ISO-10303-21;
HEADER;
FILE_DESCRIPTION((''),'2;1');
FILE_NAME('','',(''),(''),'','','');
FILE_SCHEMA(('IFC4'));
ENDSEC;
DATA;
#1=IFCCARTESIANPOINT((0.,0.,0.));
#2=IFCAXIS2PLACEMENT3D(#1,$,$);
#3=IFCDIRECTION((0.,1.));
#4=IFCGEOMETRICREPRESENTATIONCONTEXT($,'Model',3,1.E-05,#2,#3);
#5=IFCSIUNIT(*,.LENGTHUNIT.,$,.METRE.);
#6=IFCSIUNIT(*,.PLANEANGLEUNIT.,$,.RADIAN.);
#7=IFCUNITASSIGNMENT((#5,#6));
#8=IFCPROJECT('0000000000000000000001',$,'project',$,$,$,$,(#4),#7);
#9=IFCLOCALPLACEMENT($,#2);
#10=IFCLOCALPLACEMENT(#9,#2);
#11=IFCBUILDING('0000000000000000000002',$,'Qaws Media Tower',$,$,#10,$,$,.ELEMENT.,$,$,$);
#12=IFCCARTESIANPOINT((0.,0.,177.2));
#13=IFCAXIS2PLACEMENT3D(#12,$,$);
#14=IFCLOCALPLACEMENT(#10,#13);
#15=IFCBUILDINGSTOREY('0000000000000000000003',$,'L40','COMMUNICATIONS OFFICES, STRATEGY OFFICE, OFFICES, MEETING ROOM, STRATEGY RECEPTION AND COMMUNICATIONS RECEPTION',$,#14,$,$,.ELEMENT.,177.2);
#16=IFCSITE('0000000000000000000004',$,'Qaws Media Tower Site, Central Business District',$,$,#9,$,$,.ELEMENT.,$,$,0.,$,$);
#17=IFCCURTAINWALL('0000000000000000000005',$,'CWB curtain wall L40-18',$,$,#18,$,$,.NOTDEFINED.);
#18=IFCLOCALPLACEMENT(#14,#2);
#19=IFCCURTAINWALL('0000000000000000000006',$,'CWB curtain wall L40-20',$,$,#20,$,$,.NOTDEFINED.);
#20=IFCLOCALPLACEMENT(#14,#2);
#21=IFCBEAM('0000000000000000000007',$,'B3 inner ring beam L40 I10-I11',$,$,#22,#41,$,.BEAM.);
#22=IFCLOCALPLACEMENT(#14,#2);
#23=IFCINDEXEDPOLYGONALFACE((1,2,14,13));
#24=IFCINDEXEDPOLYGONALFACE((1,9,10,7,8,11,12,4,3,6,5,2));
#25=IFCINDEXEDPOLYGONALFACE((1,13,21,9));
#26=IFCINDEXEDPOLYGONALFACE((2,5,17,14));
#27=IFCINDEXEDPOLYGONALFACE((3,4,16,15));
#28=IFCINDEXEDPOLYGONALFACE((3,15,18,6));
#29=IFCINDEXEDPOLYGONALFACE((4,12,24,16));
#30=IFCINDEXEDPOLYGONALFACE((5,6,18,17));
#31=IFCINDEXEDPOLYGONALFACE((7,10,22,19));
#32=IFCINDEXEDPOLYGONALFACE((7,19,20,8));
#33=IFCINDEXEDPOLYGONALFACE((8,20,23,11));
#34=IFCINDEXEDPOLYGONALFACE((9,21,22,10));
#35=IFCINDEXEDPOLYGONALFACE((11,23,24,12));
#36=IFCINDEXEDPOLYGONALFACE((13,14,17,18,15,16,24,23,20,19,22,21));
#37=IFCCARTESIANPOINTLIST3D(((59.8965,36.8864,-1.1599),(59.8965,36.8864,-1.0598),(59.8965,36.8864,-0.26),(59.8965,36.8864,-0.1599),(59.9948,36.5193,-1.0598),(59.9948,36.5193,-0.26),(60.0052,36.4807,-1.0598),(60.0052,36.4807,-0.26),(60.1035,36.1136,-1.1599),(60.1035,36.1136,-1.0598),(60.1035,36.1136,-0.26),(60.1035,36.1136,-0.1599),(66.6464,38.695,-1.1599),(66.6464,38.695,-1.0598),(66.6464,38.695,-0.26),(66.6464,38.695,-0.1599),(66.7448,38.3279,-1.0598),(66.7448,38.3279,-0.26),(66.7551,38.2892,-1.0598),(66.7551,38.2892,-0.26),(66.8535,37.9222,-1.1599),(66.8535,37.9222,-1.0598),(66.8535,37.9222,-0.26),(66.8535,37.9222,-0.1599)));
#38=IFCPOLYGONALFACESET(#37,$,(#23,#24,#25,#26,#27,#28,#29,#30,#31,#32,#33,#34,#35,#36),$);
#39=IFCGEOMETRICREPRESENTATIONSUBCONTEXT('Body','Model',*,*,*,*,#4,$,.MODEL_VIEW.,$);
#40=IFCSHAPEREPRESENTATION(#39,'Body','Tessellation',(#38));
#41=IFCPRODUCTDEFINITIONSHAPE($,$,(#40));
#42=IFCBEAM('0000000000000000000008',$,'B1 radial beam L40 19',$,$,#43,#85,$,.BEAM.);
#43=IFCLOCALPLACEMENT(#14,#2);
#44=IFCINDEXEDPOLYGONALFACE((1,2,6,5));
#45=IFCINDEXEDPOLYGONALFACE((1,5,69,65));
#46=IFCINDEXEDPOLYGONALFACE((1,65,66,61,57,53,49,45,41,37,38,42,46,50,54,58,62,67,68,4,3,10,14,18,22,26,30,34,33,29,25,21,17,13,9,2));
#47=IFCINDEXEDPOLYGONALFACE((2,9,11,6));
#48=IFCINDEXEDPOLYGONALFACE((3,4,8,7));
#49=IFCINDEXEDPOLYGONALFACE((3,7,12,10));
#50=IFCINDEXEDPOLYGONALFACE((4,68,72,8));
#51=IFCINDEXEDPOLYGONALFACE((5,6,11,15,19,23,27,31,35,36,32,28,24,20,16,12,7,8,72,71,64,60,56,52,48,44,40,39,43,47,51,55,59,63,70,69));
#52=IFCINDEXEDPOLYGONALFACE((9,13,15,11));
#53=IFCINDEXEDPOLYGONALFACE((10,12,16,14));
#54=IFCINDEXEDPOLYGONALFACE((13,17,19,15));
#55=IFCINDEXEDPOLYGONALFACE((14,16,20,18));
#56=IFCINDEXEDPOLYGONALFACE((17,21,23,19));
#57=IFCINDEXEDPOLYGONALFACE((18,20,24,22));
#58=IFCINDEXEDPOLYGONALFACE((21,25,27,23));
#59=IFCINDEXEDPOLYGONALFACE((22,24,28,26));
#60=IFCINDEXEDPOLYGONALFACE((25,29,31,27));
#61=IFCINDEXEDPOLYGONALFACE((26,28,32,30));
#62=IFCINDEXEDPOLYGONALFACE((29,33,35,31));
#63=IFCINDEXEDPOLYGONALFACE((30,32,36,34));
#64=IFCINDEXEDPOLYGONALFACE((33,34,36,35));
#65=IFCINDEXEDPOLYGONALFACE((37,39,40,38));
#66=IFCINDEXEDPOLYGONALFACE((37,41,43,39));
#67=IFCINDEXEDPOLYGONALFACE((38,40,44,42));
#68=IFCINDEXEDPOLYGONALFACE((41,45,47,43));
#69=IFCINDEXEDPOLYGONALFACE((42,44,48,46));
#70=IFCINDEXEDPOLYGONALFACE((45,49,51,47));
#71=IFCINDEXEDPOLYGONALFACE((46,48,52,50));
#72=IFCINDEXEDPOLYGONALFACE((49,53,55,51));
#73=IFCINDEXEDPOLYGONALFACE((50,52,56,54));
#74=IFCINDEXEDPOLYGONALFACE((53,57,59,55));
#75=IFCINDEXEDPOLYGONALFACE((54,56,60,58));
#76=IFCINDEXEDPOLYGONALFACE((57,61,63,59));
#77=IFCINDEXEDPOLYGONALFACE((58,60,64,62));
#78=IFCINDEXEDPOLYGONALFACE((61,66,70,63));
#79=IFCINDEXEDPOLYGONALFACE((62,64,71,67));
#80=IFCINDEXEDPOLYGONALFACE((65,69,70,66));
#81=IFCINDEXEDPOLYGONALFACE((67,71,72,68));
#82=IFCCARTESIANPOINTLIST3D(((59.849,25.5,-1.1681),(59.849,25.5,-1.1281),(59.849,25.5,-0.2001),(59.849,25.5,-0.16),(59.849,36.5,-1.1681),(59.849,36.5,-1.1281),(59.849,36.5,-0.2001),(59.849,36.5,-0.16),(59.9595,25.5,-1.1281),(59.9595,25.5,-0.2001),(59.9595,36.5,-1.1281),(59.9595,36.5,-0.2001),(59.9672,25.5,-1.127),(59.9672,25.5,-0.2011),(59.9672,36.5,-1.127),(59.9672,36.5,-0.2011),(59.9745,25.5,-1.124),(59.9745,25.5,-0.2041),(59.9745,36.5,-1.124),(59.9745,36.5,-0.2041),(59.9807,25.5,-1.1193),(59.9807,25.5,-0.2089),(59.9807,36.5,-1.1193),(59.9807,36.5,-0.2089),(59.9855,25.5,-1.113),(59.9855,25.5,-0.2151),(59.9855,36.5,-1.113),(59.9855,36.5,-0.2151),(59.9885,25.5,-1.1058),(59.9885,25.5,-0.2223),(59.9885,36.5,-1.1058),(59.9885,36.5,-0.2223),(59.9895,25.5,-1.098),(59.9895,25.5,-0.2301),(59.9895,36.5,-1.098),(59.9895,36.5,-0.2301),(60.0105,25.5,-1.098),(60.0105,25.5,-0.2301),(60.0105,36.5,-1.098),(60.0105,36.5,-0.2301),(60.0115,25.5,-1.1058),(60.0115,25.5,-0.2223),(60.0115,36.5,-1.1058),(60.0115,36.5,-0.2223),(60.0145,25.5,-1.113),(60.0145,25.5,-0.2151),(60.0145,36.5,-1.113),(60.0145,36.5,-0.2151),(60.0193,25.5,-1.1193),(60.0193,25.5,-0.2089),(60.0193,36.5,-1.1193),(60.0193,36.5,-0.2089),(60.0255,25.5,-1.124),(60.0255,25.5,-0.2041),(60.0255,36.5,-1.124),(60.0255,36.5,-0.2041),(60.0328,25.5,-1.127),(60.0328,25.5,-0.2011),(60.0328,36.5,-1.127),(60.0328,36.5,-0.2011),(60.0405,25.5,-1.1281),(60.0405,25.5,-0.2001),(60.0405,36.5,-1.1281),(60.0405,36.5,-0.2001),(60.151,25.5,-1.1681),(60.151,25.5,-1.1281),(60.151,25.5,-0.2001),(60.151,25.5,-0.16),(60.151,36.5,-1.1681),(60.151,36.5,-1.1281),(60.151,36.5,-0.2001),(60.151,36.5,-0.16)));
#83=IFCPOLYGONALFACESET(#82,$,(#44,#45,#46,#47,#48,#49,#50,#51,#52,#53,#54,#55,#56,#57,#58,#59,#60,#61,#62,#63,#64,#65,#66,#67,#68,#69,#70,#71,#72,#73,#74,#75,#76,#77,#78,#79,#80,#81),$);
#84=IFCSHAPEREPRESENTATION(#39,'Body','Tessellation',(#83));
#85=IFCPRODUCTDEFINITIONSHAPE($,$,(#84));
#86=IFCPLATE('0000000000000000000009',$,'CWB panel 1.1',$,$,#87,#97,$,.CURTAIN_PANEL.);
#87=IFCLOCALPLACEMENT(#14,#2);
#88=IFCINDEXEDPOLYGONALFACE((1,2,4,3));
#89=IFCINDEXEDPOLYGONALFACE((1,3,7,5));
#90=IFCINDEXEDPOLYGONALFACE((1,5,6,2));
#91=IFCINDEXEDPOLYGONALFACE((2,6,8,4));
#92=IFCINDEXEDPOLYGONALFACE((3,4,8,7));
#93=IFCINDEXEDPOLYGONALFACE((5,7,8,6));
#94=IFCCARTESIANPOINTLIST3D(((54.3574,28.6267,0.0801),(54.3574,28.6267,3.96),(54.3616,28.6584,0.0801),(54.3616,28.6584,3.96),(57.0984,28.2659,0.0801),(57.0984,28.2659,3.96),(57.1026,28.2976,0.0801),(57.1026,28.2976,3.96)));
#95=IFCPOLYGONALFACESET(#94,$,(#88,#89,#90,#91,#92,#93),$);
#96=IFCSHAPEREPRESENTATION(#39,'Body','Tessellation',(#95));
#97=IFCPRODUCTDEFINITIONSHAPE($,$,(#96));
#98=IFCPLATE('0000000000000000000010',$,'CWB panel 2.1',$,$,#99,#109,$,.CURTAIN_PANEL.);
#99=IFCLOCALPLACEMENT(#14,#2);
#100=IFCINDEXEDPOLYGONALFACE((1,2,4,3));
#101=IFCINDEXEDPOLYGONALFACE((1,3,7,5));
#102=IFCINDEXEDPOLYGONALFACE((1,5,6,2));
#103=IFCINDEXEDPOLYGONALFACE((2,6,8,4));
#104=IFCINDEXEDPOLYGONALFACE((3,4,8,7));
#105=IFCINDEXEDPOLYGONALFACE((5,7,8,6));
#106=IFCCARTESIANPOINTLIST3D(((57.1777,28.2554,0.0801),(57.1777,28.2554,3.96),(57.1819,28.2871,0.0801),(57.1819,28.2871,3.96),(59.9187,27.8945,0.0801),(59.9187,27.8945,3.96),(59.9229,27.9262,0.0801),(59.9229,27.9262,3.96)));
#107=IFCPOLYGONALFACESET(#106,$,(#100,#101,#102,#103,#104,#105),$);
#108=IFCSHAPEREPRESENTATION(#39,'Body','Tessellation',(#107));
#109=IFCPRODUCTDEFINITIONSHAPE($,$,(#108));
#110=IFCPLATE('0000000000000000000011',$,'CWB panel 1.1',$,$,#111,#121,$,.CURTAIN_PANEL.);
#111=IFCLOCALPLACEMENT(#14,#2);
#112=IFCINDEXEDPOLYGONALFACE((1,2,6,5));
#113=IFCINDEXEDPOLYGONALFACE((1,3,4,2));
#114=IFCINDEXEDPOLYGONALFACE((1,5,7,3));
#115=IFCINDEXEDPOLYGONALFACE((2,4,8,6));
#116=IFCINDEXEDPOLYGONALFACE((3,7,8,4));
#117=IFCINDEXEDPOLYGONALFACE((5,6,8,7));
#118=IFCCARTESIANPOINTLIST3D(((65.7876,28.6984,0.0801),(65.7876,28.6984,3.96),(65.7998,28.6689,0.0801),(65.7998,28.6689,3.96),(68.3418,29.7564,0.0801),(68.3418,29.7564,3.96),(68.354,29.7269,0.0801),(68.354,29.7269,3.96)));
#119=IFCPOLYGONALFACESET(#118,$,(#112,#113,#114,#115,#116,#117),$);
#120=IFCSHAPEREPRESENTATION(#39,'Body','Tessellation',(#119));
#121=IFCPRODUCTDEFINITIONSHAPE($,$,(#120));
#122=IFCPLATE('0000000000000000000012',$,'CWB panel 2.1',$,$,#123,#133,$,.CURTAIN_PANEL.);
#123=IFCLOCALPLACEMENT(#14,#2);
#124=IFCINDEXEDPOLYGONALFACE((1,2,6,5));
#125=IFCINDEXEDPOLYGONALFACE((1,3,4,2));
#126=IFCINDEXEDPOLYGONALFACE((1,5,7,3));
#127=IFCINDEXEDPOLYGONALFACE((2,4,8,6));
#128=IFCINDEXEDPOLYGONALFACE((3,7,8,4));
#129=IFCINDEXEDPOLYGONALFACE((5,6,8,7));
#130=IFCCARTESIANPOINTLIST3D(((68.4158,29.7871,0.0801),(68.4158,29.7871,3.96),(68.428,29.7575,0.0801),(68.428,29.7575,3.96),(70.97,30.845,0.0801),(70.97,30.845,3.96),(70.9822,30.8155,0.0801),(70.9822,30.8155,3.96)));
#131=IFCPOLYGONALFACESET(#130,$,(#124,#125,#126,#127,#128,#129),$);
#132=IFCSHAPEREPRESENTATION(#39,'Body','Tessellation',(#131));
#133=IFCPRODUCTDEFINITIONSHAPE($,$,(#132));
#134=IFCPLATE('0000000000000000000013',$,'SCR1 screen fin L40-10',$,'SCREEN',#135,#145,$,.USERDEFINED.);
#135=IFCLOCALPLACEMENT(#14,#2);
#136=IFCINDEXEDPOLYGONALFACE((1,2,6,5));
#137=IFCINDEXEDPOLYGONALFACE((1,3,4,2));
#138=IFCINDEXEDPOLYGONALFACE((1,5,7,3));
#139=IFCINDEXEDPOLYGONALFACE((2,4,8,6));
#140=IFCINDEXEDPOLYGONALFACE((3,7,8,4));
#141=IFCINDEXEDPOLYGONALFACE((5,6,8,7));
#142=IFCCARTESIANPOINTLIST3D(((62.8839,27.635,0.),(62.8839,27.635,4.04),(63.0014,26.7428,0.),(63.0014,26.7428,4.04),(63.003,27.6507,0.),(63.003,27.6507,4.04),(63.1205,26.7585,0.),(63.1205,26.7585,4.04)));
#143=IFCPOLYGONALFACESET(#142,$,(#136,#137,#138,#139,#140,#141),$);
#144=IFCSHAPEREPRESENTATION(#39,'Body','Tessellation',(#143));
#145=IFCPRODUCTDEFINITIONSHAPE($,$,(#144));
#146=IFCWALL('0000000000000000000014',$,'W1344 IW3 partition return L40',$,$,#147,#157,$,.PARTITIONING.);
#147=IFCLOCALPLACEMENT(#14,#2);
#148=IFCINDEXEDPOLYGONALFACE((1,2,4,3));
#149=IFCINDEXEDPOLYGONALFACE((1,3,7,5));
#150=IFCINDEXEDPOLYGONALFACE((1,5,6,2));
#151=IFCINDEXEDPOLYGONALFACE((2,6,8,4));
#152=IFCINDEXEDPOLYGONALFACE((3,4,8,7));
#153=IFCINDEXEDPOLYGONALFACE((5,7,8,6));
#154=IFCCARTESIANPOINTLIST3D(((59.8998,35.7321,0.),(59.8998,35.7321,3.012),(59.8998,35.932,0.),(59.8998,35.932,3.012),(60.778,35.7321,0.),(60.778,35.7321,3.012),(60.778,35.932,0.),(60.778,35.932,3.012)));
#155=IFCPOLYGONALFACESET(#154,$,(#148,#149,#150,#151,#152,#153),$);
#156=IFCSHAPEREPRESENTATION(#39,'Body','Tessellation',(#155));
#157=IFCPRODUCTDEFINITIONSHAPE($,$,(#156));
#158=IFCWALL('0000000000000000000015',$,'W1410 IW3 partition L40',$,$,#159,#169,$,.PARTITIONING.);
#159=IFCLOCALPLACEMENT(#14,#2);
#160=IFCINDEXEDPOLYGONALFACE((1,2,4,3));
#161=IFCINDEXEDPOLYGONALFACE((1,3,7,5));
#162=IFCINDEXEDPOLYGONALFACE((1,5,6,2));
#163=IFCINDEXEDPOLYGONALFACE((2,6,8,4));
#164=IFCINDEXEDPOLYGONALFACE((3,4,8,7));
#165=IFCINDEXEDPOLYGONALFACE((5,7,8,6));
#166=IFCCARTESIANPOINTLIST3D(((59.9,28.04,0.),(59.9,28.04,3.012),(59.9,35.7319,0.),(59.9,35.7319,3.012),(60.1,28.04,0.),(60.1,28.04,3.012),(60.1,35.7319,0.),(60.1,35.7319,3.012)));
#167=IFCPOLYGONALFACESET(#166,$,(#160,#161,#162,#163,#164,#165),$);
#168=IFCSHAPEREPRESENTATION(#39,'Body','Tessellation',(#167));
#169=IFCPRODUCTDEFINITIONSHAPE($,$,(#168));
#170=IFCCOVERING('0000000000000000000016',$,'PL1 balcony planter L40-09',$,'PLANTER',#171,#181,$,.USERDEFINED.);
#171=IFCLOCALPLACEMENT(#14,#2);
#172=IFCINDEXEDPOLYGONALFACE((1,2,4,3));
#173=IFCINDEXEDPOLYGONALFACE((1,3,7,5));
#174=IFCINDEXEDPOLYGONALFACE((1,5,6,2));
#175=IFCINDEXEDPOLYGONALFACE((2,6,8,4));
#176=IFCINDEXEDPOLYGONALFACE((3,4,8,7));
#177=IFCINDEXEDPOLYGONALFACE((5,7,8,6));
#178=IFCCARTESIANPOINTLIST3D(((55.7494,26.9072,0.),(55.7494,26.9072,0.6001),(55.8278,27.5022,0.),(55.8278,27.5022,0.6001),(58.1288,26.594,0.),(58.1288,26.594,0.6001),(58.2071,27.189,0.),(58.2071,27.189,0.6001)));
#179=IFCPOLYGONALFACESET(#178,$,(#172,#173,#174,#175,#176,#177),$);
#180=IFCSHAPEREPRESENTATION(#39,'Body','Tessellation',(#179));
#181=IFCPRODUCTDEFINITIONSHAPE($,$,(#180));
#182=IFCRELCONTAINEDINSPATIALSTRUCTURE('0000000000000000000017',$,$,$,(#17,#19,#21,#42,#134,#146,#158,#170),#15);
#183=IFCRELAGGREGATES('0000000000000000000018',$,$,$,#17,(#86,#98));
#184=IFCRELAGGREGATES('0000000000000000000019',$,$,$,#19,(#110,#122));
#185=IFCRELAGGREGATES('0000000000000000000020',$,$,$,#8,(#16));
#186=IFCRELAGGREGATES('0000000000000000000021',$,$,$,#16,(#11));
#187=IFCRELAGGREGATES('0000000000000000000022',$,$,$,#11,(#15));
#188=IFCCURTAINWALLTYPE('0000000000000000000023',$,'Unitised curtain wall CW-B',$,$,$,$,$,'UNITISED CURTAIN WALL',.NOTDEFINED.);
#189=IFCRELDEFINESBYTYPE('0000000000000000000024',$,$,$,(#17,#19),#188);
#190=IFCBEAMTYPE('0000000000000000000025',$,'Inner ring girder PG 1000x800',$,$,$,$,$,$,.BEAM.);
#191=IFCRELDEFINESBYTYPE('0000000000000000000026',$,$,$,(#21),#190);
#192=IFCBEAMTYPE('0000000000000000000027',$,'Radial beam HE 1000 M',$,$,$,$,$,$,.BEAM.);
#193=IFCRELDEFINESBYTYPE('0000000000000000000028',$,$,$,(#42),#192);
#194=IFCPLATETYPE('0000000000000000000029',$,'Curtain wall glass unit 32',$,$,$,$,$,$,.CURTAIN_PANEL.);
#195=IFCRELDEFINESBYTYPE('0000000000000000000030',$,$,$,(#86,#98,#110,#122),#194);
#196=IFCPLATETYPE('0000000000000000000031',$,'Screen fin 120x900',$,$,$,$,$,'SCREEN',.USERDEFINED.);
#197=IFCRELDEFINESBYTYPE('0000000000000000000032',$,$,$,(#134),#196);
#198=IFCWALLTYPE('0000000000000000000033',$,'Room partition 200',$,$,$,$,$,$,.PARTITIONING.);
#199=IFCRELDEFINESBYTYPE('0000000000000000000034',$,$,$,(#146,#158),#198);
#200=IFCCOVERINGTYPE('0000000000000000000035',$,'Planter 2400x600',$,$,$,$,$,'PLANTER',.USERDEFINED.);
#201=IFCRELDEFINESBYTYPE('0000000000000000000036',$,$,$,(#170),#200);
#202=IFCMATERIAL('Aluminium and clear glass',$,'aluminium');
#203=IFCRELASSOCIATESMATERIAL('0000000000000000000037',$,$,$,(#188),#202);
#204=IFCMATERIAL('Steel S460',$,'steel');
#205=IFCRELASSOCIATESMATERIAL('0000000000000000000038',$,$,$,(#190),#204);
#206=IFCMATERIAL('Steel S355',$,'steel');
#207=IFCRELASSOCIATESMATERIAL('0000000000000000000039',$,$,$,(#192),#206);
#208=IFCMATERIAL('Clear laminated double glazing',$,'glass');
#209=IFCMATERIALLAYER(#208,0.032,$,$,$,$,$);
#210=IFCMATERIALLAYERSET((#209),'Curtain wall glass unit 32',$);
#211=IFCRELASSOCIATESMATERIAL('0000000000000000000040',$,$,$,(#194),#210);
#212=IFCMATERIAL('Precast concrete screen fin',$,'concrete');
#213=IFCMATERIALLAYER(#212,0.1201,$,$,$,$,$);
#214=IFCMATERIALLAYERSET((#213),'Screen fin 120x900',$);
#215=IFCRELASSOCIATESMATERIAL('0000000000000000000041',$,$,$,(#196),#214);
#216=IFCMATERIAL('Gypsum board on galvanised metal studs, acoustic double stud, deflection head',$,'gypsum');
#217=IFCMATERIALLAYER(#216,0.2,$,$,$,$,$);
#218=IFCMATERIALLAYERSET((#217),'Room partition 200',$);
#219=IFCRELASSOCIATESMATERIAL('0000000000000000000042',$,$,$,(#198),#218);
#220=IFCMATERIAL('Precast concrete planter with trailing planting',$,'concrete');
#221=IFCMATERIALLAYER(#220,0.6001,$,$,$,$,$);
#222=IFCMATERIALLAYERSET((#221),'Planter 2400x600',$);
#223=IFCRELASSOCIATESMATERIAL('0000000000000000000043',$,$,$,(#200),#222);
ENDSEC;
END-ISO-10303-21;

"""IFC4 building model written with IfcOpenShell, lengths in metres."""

from ifc_helpers import new_model, si_unit, direction, frame, frame_2d, origin, origin_2d, place, context, subcontext, project, spatial, rectangle, i_section, extrude, material, layer, layer_set, material_profile, profile_set, type_object, element, aggregate, save


model = new_model("IFC4")

# Units and contexts
model_context = context("Model", 3, precision=1e-05, world=origin(), true_north=direction((0.0, 1.0)))
body_context = subcontext(model_context, "Body", "Model", "MODEL_VIEW")
ifc_project = project(units=[si_unit("LENGTHUNIT", "METRE"), si_unit("PLANEANGLEUNIT", "RADIAN")], contexts=[model_context])

# Site, building, storey
site_placement = place(None, origin())
site = spatial("IfcSite", under=ifc_project, at=site_placement, Name="Qaws Media Tower Site, Central Business District", CompositionType="ELEMENT", RefElevation=0.0)
building_placement = place(site_placement, origin())
building = spatial("IfcBuilding", under=site, at=building_placement, Name="Qaws Media Tower", CompositionType="ELEMENT")
storey_placement = place(building_placement, frame((0.0, 0.0, 177.2)))
storey = spatial("IfcBuildingStorey", under=building, at=storey_placement, Name="L40", Description="COMMUNICATIONS OFFICES, STRATEGY OFFICE, OFFICES, MEETING ROOM, STRATEGY RECEPTION AND COMMUNICATIONS RECEPTION", CompositionType="ELEMENT", Elevation=177.2)

# Curtain walls
ifc_material_1 = material(Name="Aluminium and clear glass", Category="aluminium")
curtain_wall_type = type_object("IfcCurtainWallType", Name="Unitised curtain wall CW-B", ElementType="UNITISED CURTAIN WALL", PredefinedType="NOTDEFINED", material=ifc_material_1)
curtain_wall_1_placement = place(storey_placement, origin())
curtain_wall_1 = element("IfcCurtainWall", 1, at=curtain_wall_1_placement, inside=storey, type_object=curtain_wall_type, Name="CWB curtain wall L40-18", PredefinedType="NOTDEFINED")
curtain_wall_2_placement = place(storey_placement, origin())
curtain_wall_2 = element("IfcCurtainWall", 2, at=curtain_wall_2_placement, inside=storey, type_object=curtain_wall_type, Name="CWB curtain wall L40-20", PredefinedType="NOTDEFINED")

# Beams
ifc_material_2 = material(Name="Steel S460", Category="steel")
ifc_material_profile_1 = material_profile(ifc_material_2, i_section(OverallWidth=0.8, OverallDepth=1.0, WebThickness=0.04, FlangeThickness=0.1001, at=origin_2d()), Name="PG 1000x800")
ifc_profile_set_1 = profile_set([ifc_material_profile_1], Name="Steel S460")
beam_type_1 = type_object("IfcBeamType", Name="Inner ring girder PG 1000x800", PredefinedType="BEAM", material=ifc_profile_set_1)
beam_1_placement = place(storey_placement, frame((60.0, 36.5, -0.6599), z_axis=(0.965928, 0.258811, 0.0), x_axis=(-0.258811, 0.965928, 0.0)))
element("IfcBeam", 3, at=beam_1_placement, inside=storey, type_object=beam_type_1, Name="B3 inner ring beam L40 I10-I11", PredefinedType="BEAM", context=body_context, shape_type="SweptSolid", body=[
    extrude(i_section(OverallWidth=0.8, OverallDepth=1.0, WebThickness=0.04, FlangeThickness=0.1001, at=origin_2d()), origin(), (0.0, 0.0, 1.0), 6.988),
])
ifc_material_3 = material(Name="Steel S355", Category="steel")
ifc_material_profile_2 = material_profile(ifc_material_3, i_section(OverallWidth=0.302, OverallDepth=1.0081, WebThickness=0.021, FlangeThickness=0.04, FilletRadius=0.03, at=origin_2d()), Name="HE 1000 M")
ifc_profile_set_2 = profile_set([ifc_material_profile_2], Name="Steel S355")
beam_type_2 = type_object("IfcBeamType", Name="Radial beam HE 1000 M", PredefinedType="BEAM", material=ifc_profile_set_2)
beam_2_placement = place(storey_placement, frame((60.0, 36.5, -0.6641), z_axis=(0.0, -1.0, 0.0), x_axis=(1.0, 0.0, 0.0)))
element("IfcBeam", 4, at=beam_2_placement, inside=storey, type_object=beam_type_2, Name="B1 radial beam L40 19", PredefinedType="BEAM", context=body_context, shape_type="SweptSolid", body=[
    extrude(i_section(OverallWidth=0.302, OverallDepth=1.0081, WebThickness=0.021, FlangeThickness=0.04, FilletRadius=0.03, at=origin_2d()), origin(), (0.0, 0.0, 1.0), 11.0),
])

# Plates
ifc_material_4 = material(Name="Clear laminated double glazing", Category="glass")
ifc_layer_1 = layer(ifc_material_4, 0.032)
ifc_layer_set_1 = layer_set([ifc_layer_1], Name="Curtain wall glass unit 32")
plate_type_1 = type_object("IfcPlateType", Name="Curtain wall glass unit 32", PredefinedType="CURTAIN_PANEL", material=ifc_layer_set_1)
plate_1_placement = place(storey_placement, frame((55.73, 28.4622, 0.0801), z_axis=(0.0, 0.0, 1.0), x_axis=(0.991445, -0.130526, 0.0)))
plate_1 = element("IfcPlate", 5, at=plate_1_placement, type_object=plate_type_1, Name="CWB panel 1.1", PredefinedType="CURTAIN_PANEL", context=body_context, shape_type="SweptSolid", body=[
    extrude(rectangle(XDim=2.7646, YDim=0.032, at=origin_2d()), origin(), (0.0, 0.0, 1.0), 3.8799),
])
plate_2_placement = place(storey_placement, frame((58.5503, 28.0908, 0.0801), z_axis=(0.0, 0.0, 1.0), x_axis=(0.991445, -0.130526, 0.0)))
plate_2 = element("IfcPlate", 6, at=plate_2_placement, type_object=plate_type_1, Name="CWB panel 2.1", PredefinedType="CURTAIN_PANEL", context=body_context, shape_type="SweptSolid", body=[
    extrude(rectangle(XDim=2.7646, YDim=0.032, at=origin_2d()), origin(), (0.0, 0.0, 1.0), 3.8799),
])
aggregate(curtain_wall_1, [plate_1, plate_2])
plate_3_placement = place(storey_placement, frame((67.0708, 29.2126, 0.0801), z_axis=(0.0, 0.0, 1.0), x_axis=(0.923879, 0.382684, 0.0)))
plate_3 = element("IfcPlate", 7, at=plate_3_placement, type_object=plate_type_1, Name="CWB panel 1.1", PredefinedType="CURTAIN_PANEL", context=body_context, shape_type="SweptSolid", body=[
    extrude(rectangle(XDim=2.7646, YDim=0.032, at=origin_2d()), origin(), (0.0, 0.0, 1.0), 3.8799),
])
plate_4_placement = place(storey_placement, frame((69.699, 30.3013, 0.0801), z_axis=(0.0, 0.0, 1.0), x_axis=(0.923879, 0.382684, 0.0)))
plate_4 = element("IfcPlate", 8, at=plate_4_placement, type_object=plate_type_1, Name="CWB panel 2.1", PredefinedType="CURTAIN_PANEL", context=body_context, shape_type="SweptSolid", body=[
    extrude(rectangle(XDim=2.7646, YDim=0.032, at=origin_2d()), origin(), (0.0, 0.0, 1.0), 3.8799),
])
aggregate(curtain_wall_2, [plate_3, plate_4])
ifc_material_5 = material(Name="Precast concrete screen fin", Category="concrete")
ifc_layer_2 = layer(ifc_material_5, 0.1201)
ifc_layer_set_2 = layer_set([ifc_layer_2], Name="Screen fin 120x900")
plate_type_2 = type_object("IfcPlateType", Name="Screen fin 120x900", ElementType="SCREEN", PredefinedType="USERDEFINED", material=ifc_layer_set_2)
plate_5_placement = place(storey_placement, frame((63.0022, 27.1968, 0.0), z_axis=(0.0, 0.0, 1.0), x_axis=(0.130526, -0.991445, 0.0)))
element("IfcPlate", 9, at=plate_5_placement, inside=storey, type_object=plate_type_2, Name="SCR1 screen fin L40-10", ObjectType="SCREEN", PredefinedType="USERDEFINED", context=body_context, shape_type="SweptSolid", body=[
    extrude(rectangle(XDim=0.8999, YDim=0.1201, at=origin_2d()), origin(), (0.0, 0.0, 1.0), 4.04),
])

# Walls
ifc_material_6 = material(Name="Gypsum board on galvanised metal studs, acoustic double stud, deflection head", Category="gypsum")
ifc_layer_3 = layer(ifc_material_6, 0.2)
ifc_layer_set_3 = layer_set([ifc_layer_3], Name="Room partition 200")
wall_type_1 = type_object("IfcWallType", Name="Room partition 200", PredefinedType="PARTITIONING", material=ifc_layer_set_3)
wall_1_placement = place(storey_placement, frame((59.8999, 35.832, 0.0), z_axis=(0.0, 0.0, 1.0), x_axis=(1.0, 0.0, 0.0)))
element("IfcWall", 10, at=wall_1_placement, inside=storey, type_object=wall_type_1, Name="W1344 IW3 partition return L40", PredefinedType="PARTITIONING", context=body_context, shape_type="SweptSolid", body=[
    extrude(rectangle(XDim=0.8782, YDim=0.2, at=frame_2d((0.439, 0.0))), origin(), (0.0, 0.0, 1.0), 3.012),
])
wall_2_placement = place(storey_placement, frame((60.0, 35.7319, 0.0), z_axis=(0.0, 0.0, 1.0), x_axis=(0.0, -1.0, 0.0)))
element("IfcWall", 11, at=wall_2_placement, inside=storey, type_object=wall_type_1, Name="W1410 IW3 partition L40", PredefinedType="PARTITIONING", context=body_context, shape_type="SweptSolid", body=[
    extrude(rectangle(XDim=7.6919, YDim=0.2, at=frame_2d((3.8459, 0.0))), origin(), (0.0, 0.0, 1.0), 3.012),
])

# Covering
ifc_material_7 = material(Name="Precast concrete planter with trailing planting", Category="concrete")
ifc_layer_4 = layer(ifc_material_7, 0.6001)
ifc_layer_set_4 = layer_set([ifc_layer_4], Name="Planter 2400x600")
covering_type = type_object("IfcCoveringType", Name="Planter 2400x600", ElementType="PLANTER", PredefinedType="USERDEFINED", material=ifc_layer_set_4)
for number, where, z_axis, x_axis, name in (
    (12, (56.9783, 27.0481, 0.0), (0.0, 0.0, 1.0), (0.991445, -0.130526, 0.0), "PL1 balcony planter L40-09"),
):
    element("IfcCovering", number, at=place(storey_placement, frame(where, z_axis=z_axis, x_axis=x_axis)), inside=storey, type_object=covering_type, Name=name, ObjectType="PLANTER", PredefinedType="USERDEFINED", context=body_context, shape_type="SweptSolid", body=[
        extrude(rectangle(XDim=2.3999, YDim=0.6001, at=origin_2d()), origin(), (0.0, 0.0, 1.0), 0.6001),
    ])

save(model, "model.ifc")
